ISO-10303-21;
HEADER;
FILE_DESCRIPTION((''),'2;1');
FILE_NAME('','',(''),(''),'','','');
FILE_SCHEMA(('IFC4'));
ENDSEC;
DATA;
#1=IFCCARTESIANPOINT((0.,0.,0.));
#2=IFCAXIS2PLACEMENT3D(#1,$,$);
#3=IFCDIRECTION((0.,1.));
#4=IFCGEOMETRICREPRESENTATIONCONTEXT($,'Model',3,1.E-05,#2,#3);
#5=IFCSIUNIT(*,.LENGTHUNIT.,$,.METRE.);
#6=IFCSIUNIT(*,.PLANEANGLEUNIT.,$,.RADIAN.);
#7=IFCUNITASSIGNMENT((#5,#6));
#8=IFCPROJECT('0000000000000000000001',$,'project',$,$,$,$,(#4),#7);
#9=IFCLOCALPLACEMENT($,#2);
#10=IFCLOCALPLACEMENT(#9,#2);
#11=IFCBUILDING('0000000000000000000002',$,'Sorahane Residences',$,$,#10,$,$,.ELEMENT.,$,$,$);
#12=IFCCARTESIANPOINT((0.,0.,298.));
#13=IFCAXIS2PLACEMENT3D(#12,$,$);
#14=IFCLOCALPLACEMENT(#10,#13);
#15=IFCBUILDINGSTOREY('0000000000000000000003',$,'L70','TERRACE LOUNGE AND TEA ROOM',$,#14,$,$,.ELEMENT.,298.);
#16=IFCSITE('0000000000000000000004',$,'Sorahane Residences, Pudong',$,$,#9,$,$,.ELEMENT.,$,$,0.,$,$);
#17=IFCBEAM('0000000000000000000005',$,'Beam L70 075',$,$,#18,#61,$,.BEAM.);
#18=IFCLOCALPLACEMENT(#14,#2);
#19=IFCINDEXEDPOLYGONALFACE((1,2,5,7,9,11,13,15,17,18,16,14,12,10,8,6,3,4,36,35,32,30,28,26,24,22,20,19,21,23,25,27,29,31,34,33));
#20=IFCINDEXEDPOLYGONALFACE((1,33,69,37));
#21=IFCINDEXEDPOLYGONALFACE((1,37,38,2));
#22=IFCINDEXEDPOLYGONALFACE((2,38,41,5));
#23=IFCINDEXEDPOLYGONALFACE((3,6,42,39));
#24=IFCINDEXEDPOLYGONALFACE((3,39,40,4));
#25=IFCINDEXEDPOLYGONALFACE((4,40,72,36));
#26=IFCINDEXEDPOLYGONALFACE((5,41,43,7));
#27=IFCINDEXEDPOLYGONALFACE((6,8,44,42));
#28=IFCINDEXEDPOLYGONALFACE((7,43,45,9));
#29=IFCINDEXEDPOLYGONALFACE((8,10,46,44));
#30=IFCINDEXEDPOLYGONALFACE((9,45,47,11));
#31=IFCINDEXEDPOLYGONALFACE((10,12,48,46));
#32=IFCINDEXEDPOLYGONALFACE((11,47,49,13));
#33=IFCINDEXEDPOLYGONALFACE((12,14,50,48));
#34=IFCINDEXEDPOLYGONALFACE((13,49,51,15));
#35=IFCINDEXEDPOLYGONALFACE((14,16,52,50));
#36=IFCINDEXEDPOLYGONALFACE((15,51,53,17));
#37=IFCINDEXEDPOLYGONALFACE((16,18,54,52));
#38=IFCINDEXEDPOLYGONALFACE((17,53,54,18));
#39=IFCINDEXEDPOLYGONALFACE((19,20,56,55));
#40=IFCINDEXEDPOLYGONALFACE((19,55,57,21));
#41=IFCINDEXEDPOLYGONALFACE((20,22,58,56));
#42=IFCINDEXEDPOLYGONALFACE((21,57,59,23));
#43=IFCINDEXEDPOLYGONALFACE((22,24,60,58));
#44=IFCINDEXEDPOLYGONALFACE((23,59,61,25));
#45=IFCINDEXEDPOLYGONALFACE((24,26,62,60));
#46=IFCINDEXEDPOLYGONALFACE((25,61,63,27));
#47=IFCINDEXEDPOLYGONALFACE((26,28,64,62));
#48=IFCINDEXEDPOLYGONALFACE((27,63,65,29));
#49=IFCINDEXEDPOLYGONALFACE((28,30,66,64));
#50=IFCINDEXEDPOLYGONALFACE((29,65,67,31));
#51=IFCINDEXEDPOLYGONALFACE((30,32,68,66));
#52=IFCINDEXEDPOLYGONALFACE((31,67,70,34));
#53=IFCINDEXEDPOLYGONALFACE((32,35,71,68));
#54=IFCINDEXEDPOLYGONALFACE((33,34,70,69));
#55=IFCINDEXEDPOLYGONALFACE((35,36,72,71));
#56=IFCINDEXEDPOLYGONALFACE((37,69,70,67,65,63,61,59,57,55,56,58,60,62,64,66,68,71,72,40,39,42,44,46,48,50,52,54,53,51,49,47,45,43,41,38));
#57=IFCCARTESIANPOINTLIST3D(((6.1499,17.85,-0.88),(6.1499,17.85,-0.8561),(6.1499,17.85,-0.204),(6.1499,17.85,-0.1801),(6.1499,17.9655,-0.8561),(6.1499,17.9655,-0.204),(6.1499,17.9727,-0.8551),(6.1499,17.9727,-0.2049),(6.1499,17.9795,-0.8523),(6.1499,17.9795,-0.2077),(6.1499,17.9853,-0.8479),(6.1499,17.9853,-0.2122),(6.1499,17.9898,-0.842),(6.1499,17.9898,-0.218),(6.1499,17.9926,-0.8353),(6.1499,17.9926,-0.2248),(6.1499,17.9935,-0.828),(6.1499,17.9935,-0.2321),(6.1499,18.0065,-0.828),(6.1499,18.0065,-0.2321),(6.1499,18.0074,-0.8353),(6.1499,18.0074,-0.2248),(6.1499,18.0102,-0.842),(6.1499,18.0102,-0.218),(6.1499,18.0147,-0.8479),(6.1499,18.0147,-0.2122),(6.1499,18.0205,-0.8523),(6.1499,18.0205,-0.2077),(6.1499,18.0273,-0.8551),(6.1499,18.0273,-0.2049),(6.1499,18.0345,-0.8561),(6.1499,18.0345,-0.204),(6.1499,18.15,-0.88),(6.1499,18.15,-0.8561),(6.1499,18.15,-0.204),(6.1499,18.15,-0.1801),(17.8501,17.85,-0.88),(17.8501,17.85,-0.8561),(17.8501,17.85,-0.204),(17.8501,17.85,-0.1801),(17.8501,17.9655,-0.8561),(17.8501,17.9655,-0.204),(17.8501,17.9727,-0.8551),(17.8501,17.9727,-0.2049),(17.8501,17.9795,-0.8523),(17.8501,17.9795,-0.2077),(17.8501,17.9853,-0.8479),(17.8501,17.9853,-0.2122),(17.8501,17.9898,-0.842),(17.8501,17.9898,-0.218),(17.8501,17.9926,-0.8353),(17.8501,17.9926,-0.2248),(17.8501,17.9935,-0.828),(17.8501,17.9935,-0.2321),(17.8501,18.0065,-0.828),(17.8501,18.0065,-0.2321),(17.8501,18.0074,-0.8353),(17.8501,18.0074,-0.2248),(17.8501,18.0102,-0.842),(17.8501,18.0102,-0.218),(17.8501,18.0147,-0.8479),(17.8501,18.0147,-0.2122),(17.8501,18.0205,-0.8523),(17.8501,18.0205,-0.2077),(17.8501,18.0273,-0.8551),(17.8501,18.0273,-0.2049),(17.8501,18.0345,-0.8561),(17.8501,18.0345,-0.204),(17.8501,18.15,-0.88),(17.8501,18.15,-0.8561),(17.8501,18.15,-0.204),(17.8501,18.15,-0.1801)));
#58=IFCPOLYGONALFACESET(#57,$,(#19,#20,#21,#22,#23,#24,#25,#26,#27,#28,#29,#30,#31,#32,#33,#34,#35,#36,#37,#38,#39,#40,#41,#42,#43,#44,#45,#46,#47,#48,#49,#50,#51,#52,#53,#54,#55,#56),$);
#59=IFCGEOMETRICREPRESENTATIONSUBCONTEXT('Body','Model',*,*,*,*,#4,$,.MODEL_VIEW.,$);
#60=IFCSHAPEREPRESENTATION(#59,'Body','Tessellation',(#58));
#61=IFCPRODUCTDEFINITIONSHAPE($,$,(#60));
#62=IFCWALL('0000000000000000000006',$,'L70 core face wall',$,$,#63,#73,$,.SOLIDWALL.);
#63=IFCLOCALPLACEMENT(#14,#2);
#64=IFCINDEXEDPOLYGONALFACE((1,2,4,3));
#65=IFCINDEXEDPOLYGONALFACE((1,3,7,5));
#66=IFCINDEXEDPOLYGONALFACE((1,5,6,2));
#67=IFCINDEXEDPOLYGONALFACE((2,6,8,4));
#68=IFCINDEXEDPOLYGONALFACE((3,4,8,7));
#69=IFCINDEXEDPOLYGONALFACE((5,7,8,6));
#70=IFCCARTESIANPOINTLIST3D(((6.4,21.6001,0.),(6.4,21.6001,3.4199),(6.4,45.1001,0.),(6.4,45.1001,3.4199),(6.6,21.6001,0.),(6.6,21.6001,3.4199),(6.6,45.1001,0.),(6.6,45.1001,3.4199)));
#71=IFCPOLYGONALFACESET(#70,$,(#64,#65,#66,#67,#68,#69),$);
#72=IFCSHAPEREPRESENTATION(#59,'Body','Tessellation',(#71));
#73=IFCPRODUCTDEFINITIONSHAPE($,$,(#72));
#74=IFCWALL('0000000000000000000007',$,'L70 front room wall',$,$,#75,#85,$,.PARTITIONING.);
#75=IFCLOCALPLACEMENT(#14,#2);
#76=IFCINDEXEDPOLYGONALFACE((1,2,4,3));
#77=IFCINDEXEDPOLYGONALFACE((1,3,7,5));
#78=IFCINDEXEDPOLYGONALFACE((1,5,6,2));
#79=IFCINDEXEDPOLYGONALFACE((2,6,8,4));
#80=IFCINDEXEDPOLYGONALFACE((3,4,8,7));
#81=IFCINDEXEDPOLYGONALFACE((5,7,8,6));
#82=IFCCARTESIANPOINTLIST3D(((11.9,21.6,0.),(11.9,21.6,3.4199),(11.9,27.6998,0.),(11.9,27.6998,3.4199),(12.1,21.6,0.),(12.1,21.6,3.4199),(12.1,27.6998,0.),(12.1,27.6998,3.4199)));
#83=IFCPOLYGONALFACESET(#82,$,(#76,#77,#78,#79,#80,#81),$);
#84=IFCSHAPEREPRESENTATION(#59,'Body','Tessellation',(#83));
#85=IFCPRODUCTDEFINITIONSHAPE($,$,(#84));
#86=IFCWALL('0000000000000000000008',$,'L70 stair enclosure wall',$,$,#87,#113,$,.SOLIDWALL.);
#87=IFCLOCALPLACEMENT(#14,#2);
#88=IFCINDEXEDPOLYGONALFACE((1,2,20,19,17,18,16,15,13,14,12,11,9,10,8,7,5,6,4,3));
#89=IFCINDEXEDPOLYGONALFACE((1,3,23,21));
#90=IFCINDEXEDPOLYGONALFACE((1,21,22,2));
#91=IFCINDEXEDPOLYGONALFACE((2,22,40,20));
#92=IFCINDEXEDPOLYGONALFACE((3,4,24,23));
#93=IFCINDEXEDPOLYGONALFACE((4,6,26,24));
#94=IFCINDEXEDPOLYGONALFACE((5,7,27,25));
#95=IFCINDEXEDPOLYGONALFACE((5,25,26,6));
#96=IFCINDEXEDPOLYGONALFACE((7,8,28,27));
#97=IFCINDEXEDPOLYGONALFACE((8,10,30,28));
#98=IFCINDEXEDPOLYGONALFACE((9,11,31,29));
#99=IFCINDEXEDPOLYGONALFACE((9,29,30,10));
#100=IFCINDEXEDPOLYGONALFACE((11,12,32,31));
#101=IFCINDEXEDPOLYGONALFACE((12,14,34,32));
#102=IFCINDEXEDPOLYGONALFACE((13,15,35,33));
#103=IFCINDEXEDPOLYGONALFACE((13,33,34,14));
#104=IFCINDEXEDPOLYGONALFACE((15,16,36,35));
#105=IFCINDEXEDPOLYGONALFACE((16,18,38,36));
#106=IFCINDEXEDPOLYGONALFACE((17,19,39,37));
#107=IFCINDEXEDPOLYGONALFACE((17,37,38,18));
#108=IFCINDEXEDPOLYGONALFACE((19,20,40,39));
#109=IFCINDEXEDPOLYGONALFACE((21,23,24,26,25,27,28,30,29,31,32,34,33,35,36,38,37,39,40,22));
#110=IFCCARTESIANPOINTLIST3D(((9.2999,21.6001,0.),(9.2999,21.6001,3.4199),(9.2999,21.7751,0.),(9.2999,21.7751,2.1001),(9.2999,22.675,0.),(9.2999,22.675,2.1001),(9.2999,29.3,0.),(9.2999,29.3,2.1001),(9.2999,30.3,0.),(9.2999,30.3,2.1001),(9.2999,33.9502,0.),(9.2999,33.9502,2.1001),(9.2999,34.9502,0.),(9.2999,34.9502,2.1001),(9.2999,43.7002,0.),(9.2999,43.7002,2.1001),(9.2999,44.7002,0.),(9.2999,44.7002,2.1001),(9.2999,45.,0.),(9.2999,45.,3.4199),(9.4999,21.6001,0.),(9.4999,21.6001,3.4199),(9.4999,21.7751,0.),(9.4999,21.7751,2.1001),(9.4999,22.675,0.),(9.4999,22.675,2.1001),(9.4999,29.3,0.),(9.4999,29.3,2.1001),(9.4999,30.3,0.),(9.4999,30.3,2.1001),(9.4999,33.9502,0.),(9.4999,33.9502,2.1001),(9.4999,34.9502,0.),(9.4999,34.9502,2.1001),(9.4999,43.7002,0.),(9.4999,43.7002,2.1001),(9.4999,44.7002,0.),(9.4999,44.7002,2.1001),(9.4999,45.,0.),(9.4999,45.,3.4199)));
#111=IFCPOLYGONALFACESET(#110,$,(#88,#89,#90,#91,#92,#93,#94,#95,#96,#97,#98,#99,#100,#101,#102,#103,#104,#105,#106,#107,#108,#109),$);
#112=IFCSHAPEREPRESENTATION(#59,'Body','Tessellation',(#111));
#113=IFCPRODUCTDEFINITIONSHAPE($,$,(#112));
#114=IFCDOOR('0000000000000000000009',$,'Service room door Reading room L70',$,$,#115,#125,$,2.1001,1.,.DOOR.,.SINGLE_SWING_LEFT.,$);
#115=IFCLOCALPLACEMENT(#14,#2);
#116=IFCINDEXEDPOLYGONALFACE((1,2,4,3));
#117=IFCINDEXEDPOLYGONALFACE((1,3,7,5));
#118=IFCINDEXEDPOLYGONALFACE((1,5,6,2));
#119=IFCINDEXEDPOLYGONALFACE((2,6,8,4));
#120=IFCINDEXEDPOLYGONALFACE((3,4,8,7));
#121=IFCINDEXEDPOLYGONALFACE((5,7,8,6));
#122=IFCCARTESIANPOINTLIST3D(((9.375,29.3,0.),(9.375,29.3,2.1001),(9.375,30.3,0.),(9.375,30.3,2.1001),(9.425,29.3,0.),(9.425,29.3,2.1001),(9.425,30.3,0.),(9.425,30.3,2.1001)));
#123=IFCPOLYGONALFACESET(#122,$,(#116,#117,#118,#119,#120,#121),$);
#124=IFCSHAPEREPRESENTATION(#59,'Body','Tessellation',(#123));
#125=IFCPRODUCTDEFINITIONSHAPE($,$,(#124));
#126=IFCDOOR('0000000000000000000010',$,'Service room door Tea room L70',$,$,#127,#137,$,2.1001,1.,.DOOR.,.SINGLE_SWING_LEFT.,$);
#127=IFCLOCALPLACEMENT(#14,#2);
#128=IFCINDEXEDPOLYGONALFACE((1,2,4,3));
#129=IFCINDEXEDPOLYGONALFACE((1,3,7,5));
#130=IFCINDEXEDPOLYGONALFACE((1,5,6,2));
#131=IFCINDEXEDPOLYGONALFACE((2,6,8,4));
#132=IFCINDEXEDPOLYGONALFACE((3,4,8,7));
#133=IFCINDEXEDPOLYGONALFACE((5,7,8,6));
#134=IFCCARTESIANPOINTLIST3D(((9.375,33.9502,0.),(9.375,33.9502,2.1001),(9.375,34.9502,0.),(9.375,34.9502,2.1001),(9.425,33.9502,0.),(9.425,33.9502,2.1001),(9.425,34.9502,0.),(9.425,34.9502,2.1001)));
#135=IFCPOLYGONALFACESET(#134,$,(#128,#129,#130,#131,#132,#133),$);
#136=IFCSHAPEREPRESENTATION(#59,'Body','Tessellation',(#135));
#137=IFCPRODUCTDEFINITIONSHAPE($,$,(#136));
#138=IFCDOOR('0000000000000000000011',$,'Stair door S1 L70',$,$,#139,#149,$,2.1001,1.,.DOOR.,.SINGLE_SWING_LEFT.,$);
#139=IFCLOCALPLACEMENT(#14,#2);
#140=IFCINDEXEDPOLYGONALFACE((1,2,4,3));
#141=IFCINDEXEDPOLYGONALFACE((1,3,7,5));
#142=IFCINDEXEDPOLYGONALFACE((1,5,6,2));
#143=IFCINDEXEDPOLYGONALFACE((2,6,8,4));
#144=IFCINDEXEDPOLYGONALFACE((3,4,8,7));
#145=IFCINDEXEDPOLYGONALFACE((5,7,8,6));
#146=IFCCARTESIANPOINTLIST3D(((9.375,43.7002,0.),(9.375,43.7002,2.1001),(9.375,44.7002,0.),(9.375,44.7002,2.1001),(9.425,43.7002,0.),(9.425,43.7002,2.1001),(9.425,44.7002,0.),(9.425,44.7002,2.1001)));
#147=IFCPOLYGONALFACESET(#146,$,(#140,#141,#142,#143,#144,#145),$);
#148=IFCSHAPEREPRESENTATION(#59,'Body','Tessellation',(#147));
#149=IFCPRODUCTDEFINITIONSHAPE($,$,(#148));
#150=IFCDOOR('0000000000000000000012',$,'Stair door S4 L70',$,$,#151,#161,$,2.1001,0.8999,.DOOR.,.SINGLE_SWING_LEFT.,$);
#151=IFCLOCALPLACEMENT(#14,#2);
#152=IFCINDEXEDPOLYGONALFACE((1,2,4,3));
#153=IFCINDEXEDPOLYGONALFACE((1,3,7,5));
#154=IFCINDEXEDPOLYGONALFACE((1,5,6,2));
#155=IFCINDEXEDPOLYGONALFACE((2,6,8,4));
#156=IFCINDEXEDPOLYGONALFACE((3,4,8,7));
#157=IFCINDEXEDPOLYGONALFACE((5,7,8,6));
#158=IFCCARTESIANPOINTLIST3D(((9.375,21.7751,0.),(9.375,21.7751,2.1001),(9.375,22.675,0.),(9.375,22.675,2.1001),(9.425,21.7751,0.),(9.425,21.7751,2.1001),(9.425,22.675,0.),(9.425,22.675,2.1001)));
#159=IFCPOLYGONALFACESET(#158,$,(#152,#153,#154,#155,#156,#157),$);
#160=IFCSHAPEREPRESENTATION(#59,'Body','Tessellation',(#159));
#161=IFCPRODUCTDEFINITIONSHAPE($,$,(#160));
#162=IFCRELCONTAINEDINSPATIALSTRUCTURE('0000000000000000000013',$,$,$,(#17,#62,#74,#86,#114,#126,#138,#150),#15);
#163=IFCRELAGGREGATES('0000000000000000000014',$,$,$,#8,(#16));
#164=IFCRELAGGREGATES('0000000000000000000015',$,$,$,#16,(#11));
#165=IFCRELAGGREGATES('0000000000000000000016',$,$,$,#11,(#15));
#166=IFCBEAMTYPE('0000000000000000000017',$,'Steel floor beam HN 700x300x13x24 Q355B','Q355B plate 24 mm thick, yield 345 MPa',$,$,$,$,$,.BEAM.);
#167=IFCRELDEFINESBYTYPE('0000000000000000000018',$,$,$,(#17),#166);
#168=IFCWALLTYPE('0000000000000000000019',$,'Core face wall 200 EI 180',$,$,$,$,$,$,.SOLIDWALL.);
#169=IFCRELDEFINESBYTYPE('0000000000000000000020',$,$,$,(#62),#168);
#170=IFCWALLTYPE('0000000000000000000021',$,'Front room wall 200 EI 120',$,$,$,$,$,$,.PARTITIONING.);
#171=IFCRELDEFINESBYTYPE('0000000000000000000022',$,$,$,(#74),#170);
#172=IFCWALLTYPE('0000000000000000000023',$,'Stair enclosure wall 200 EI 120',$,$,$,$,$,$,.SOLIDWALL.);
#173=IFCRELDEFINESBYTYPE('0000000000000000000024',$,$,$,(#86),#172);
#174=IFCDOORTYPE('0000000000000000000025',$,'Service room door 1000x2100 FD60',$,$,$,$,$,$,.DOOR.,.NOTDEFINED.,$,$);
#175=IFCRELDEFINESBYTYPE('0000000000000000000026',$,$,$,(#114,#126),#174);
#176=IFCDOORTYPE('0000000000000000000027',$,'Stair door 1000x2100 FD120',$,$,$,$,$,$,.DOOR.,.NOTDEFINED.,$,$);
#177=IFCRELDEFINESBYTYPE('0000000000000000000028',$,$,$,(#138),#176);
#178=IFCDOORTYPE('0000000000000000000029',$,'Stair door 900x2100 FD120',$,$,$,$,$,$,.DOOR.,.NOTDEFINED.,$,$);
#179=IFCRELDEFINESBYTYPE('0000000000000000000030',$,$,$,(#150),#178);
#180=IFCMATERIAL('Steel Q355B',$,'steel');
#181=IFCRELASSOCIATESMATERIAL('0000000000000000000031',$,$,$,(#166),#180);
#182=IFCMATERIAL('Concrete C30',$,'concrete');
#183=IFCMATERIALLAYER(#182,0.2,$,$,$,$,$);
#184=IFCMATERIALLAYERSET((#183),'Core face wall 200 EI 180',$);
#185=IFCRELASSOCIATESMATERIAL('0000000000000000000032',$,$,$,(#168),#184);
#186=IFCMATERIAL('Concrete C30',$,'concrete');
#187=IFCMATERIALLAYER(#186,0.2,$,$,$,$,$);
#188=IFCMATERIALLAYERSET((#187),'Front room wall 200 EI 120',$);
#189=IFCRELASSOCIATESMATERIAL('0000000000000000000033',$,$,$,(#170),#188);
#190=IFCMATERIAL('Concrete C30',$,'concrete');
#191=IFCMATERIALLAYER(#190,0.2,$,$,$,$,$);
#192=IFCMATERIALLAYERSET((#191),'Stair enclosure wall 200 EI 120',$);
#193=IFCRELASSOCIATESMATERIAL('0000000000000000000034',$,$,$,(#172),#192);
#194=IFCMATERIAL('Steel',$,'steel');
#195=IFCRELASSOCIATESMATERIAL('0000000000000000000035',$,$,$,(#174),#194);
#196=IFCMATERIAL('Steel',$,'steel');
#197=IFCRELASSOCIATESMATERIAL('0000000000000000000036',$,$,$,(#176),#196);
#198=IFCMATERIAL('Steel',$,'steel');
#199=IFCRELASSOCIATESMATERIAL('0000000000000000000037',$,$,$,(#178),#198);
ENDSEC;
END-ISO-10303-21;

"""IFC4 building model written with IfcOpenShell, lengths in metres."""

from ifc_helpers import new_model, si_unit, direction, frame, frame_2d, origin, origin_2d, place, context, subcontext, project, spatial, rectangle, i_section, extrude, material, layer, layer_set, material_profile, profile_set, type_object, element, fill, save


model = new_model("IFC4")

# Units and contexts
model_context = context("Model", 3, precision=1e-05, world=origin(), true_north=direction((0.0, 1.0)))
body_context = subcontext(model_context, "Body", "Model", "MODEL_VIEW")
ifc_project = project(units=[si_unit("LENGTHUNIT", "METRE"), si_unit("PLANEANGLEUNIT", "RADIAN")], contexts=[model_context])

# Site, building, storey
site_placement = place(None, origin())
site = spatial("IfcSite", under=ifc_project, at=site_placement, Name="Sorahane Residences, Pudong", CompositionType="ELEMENT", RefElevation=0.0)
building_placement = place(site_placement, origin())
building = spatial("IfcBuilding", under=site, at=building_placement, Name="Sorahane Residences", CompositionType="ELEMENT")
storey_placement = place(building_placement, frame((0.0, 0.0, 298.0)))
storey = spatial("IfcBuildingStorey", under=building, at=storey_placement, Name="L70", Description="TERRACE LOUNGE AND TEA ROOM", CompositionType="ELEMENT", Elevation=298.0)

# Beam
ifc_material_1 = material(Name="Steel Q355B", Category="steel")
ifc_material_profile_1 = material_profile(ifc_material_1, i_section(OverallWidth=0.3, OverallDepth=0.7, WebThickness=0.0129, FlangeThickness=0.0239, FilletRadius=0.0281, at=origin_2d()), Name="HN 700x300x13x24")
ifc_profile_set_1 = profile_set([ifc_material_profile_1], Name="Steel Q355B")
beam_type_1 = type_object("IfcBeamType", Name="Steel floor beam HN 700x300x13x24 Q355B", Description="Q355B plate 24 mm thick, yield 345 MPa", PredefinedType="BEAM", material=ifc_profile_set_1)
beam_1_placement = place(storey_placement, frame((6.1499, 18.0, -0.53), z_axis=(1.0, 0.0, 0.0), x_axis=(0.0, 1.0, 0.0)))
element("IfcBeam", 1, at=beam_1_placement, inside=storey, type_object=beam_type_1, Name="Beam L70 075", PredefinedType="BEAM", context=body_context, shape_type="SweptSolid", body=[
    extrude(i_section(OverallWidth=0.3, OverallDepth=0.7, WebThickness=0.0129, FlangeThickness=0.0239, FilletRadius=0.0281, at=origin_2d()), origin(), (0.0, 0.0, 1.0), 11.7002),
])

# Walls
ifc_material_2 = material(Name="Concrete C30", Category="concrete")
ifc_layer_1 = layer(ifc_material_2, 0.2)
ifc_layer_set_1 = layer_set([ifc_layer_1], Name="Core face wall 200 EI 180")
wall_type_1 = type_object("IfcWallType", Name="Core face wall 200 EI 180", PredefinedType="SOLIDWALL", material=ifc_layer_set_1)
wall_1_placement = place(storey_placement, frame((6.5, 21.6001, 0.0), z_axis=(0.0, 0.0, 1.0), x_axis=(0.0, 1.0, 0.0)))
element("IfcWall", 2, at=wall_1_placement, inside=storey, type_object=wall_type_1, Name="L70 core face wall", PredefinedType="SOLIDWALL", context=body_context, shape_type="SweptSolid", body=[
    extrude(rectangle(XDim=23.5, YDim=0.2, at=frame_2d((11.75, 0.0))), origin(), (0.0, 0.0, 1.0), 3.4199),
])
ifc_material_3 = material(Name="Concrete C30", Category="concrete")
ifc_layer_2 = layer(ifc_material_3, 0.2)
ifc_layer_set_2 = layer_set([ifc_layer_2], Name="Front room wall 200 EI 120")
wall_type_2 = type_object("IfcWallType", Name="Front room wall 200 EI 120", PredefinedType="PARTITIONING", material=ifc_layer_set_2)
wall_2_placement = place(storey_placement, frame((12.0, 21.6001, 0.0), z_axis=(0.0, 0.0, 1.0), x_axis=(0.0, 1.0, 0.0)))
element("IfcWall", 3, at=wall_2_placement, inside=storey, type_object=wall_type_2, Name="L70 front room wall", PredefinedType="PARTITIONING", context=body_context, shape_type="SweptSolid", body=[
    extrude(rectangle(XDim=6.0999, YDim=0.2, at=frame_2d((3.0498, 0.0))), origin(), (0.0, 0.0, 1.0), 3.4199),
])

# Wall, openings, doors
ifc_material_4 = material(Name="Concrete C30", Category="concrete")
ifc_layer_3 = layer(ifc_material_4, 0.2)
ifc_layer_set_3 = layer_set([ifc_layer_3], Name="Stair enclosure wall 200 EI 120")
wall_type_3 = type_object("IfcWallType", Name="Stair enclosure wall 200 EI 120", PredefinedType="SOLIDWALL", material=ifc_layer_set_3)
wall_3_placement = place(storey_placement, frame((9.3999, 21.6001, 0.0), z_axis=(0.0, 0.0, 1.0), x_axis=(0.0, 1.0, 0.0)))
wall_3 = element("IfcWall", 4, at=wall_3_placement, inside=storey, type_object=wall_type_3, Name="L70 stair enclosure wall", PredefinedType="SOLIDWALL", context=body_context, shape_type="SweptSolid", body=[
    extrude(rectangle(XDim=23.3999, YDim=0.2, at=frame_2d((11.7, 0.0))), origin(), (0.0, 0.0, 1.0), 3.4199),
])
opening_1_placement = place(wall_3_placement, frame((7.7, 0.0, 0.0)))
opening_1 = element("IfcOpeningElement", 5, at=opening_1_placement, cuts=wall_3, PredefinedType="OPENING", context=body_context, shape_type="SweptSolid", body=[
    extrude(rectangle(XDim=1.0, YDim=2.1001, at=frame_2d((0.5, 1.05))), frame((0.0, 0.1099, 0.0), z_axis=(0.0, -1.0, 0.0), x_axis=(1.0, 0.0, 0.0)), (0.0, 0.0, 1.0), 0.22),
])
opening_2_placement = place(wall_3_placement, frame((12.3501, 0.0, 0.0)))
opening_2 = element("IfcOpeningElement", 6, at=opening_2_placement, cuts=wall_3, PredefinedType="OPENING", context=body_context, shape_type="SweptSolid", body=[
    extrude(rectangle(XDim=1.0, YDim=2.1001, at=frame_2d((0.5, 1.05))), frame((0.0, 0.1099, 0.0), z_axis=(0.0, -1.0, 0.0), x_axis=(1.0, 0.0, 0.0)), (0.0, 0.0, 1.0), 0.22),
])
opening_3_placement = place(wall_3_placement, frame((22.1001, 0.0, 0.0)))
opening_3 = element("IfcOpeningElement", 7, at=opening_3_placement, cuts=wall_3, PredefinedType="OPENING", context=body_context, shape_type="SweptSolid", body=[
    extrude(rectangle(XDim=1.0, YDim=2.1001, at=frame_2d((0.5, 1.05))), frame((0.0, 0.1099, 0.0), z_axis=(0.0, -1.0, 0.0), x_axis=(1.0, 0.0, 0.0)), (0.0, 0.0, 1.0), 0.22),
])
opening_4_placement = place(wall_3_placement, frame((0.175, 0.0, 0.0)))
opening_4 = element("IfcOpeningElement", 8, at=opening_4_placement, cuts=wall_3, PredefinedType="OPENING", context=body_context, shape_type="SweptSolid", body=[
    extrude(rectangle(XDim=0.8999, YDim=2.1001, at=frame_2d((0.45, 1.05))), frame((0.0, 0.1099, 0.0), z_axis=(0.0, -1.0, 0.0), x_axis=(1.0, 0.0, 0.0)), (0.0, 0.0, 1.0), 0.22),
])
ifc_material_5 = material(Name="Steel", Category="steel")
door_type_1 = type_object("IfcDoorType", Name="Service room door 1000x2100 FD60", OperationType="NOTDEFINED", PredefinedType="DOOR", material=ifc_material_5)
door_1_placement = place(opening_1_placement, origin())
door_1 = element("IfcDoor", 9, at=door_1_placement, inside=storey, type_object=door_type_1, Name="Service room door Reading room L70", OperationType="SINGLE_SWING_LEFT", OverallHeight=2.1001, OverallWidth=1.0, PredefinedType="DOOR", context=body_context, shape_type="SweptSolid", body=[
    extrude(rectangle(XDim=1.0, YDim=2.1001, at=frame_2d((0.5, 1.05))), frame((0.0, 0.0249, 0.0), z_axis=(0.0, -1.0, 0.0), x_axis=(1.0, 0.0, 0.0)), (0.0, 0.0, 1.0), 0.05),
])
fill(opening_1, door_1)
door_2_placement = place(opening_2_placement, origin())
door_2 = element("IfcDoor", 10, at=door_2_placement, inside=storey, type_object=door_type_1, Name="Service room door Tea room L70", OperationType="SINGLE_SWING_LEFT", OverallHeight=2.1001, OverallWidth=1.0, PredefinedType="DOOR", context=body_context, shape_type="SweptSolid", body=[
    extrude(rectangle(XDim=1.0, YDim=2.1001, at=frame_2d((0.5, 1.05))), frame((0.0, 0.0249, 0.0), z_axis=(0.0, -1.0, 0.0), x_axis=(1.0, 0.0, 0.0)), (0.0, 0.0, 1.0), 0.05),
])
fill(opening_2, door_2)
ifc_material_6 = material(Name="Steel", Category="steel")
door_type_2 = type_object("IfcDoorType", Name="Stair door 1000x2100 FD120", OperationType="NOTDEFINED", PredefinedType="DOOR", material=ifc_material_6)
door_3_placement = place(opening_3_placement, origin())
door_3 = element("IfcDoor", 11, at=door_3_placement, inside=storey, type_object=door_type_2, Name="Stair door S1 L70", OperationType="SINGLE_SWING_LEFT", OverallHeight=2.1001, OverallWidth=1.0, PredefinedType="DOOR", context=body_context, shape_type="SweptSolid", body=[
    extrude(rectangle(XDim=1.0, YDim=2.1001, at=frame_2d((0.5, 1.05))), frame((0.0, 0.0249, 0.0), z_axis=(0.0, -1.0, 0.0), x_axis=(1.0, 0.0, 0.0)), (0.0, 0.0, 1.0), 0.05),
])
fill(opening_3, door_3)
ifc_material_7 = material(Name="Steel", Category="steel")
door_type_3 = type_object("IfcDoorType", Name="Stair door 900x2100 FD120", OperationType="NOTDEFINED", PredefinedType="DOOR", material=ifc_material_7)
door_4_placement = place(opening_4_placement, origin())
door_4 = element("IfcDoor", 12, at=door_4_placement, inside=storey, type_object=door_type_3, Name="Stair door S4 L70", OperationType="SINGLE_SWING_LEFT", OverallHeight=2.1001, OverallWidth=0.8999, PredefinedType="DOOR", context=body_context, shape_type="SweptSolid", body=[
    extrude(rectangle(XDim=0.8999, YDim=2.1001, at=frame_2d((0.45, 1.05))), frame((0.0, 0.0249, 0.0), z_axis=(0.0, -1.0, 0.0), x_axis=(1.0, 0.0, 0.0)), (0.0, 0.0, 1.0), 0.05),
])
fill(opening_4, door_4)

save(model, "model.ifc")
